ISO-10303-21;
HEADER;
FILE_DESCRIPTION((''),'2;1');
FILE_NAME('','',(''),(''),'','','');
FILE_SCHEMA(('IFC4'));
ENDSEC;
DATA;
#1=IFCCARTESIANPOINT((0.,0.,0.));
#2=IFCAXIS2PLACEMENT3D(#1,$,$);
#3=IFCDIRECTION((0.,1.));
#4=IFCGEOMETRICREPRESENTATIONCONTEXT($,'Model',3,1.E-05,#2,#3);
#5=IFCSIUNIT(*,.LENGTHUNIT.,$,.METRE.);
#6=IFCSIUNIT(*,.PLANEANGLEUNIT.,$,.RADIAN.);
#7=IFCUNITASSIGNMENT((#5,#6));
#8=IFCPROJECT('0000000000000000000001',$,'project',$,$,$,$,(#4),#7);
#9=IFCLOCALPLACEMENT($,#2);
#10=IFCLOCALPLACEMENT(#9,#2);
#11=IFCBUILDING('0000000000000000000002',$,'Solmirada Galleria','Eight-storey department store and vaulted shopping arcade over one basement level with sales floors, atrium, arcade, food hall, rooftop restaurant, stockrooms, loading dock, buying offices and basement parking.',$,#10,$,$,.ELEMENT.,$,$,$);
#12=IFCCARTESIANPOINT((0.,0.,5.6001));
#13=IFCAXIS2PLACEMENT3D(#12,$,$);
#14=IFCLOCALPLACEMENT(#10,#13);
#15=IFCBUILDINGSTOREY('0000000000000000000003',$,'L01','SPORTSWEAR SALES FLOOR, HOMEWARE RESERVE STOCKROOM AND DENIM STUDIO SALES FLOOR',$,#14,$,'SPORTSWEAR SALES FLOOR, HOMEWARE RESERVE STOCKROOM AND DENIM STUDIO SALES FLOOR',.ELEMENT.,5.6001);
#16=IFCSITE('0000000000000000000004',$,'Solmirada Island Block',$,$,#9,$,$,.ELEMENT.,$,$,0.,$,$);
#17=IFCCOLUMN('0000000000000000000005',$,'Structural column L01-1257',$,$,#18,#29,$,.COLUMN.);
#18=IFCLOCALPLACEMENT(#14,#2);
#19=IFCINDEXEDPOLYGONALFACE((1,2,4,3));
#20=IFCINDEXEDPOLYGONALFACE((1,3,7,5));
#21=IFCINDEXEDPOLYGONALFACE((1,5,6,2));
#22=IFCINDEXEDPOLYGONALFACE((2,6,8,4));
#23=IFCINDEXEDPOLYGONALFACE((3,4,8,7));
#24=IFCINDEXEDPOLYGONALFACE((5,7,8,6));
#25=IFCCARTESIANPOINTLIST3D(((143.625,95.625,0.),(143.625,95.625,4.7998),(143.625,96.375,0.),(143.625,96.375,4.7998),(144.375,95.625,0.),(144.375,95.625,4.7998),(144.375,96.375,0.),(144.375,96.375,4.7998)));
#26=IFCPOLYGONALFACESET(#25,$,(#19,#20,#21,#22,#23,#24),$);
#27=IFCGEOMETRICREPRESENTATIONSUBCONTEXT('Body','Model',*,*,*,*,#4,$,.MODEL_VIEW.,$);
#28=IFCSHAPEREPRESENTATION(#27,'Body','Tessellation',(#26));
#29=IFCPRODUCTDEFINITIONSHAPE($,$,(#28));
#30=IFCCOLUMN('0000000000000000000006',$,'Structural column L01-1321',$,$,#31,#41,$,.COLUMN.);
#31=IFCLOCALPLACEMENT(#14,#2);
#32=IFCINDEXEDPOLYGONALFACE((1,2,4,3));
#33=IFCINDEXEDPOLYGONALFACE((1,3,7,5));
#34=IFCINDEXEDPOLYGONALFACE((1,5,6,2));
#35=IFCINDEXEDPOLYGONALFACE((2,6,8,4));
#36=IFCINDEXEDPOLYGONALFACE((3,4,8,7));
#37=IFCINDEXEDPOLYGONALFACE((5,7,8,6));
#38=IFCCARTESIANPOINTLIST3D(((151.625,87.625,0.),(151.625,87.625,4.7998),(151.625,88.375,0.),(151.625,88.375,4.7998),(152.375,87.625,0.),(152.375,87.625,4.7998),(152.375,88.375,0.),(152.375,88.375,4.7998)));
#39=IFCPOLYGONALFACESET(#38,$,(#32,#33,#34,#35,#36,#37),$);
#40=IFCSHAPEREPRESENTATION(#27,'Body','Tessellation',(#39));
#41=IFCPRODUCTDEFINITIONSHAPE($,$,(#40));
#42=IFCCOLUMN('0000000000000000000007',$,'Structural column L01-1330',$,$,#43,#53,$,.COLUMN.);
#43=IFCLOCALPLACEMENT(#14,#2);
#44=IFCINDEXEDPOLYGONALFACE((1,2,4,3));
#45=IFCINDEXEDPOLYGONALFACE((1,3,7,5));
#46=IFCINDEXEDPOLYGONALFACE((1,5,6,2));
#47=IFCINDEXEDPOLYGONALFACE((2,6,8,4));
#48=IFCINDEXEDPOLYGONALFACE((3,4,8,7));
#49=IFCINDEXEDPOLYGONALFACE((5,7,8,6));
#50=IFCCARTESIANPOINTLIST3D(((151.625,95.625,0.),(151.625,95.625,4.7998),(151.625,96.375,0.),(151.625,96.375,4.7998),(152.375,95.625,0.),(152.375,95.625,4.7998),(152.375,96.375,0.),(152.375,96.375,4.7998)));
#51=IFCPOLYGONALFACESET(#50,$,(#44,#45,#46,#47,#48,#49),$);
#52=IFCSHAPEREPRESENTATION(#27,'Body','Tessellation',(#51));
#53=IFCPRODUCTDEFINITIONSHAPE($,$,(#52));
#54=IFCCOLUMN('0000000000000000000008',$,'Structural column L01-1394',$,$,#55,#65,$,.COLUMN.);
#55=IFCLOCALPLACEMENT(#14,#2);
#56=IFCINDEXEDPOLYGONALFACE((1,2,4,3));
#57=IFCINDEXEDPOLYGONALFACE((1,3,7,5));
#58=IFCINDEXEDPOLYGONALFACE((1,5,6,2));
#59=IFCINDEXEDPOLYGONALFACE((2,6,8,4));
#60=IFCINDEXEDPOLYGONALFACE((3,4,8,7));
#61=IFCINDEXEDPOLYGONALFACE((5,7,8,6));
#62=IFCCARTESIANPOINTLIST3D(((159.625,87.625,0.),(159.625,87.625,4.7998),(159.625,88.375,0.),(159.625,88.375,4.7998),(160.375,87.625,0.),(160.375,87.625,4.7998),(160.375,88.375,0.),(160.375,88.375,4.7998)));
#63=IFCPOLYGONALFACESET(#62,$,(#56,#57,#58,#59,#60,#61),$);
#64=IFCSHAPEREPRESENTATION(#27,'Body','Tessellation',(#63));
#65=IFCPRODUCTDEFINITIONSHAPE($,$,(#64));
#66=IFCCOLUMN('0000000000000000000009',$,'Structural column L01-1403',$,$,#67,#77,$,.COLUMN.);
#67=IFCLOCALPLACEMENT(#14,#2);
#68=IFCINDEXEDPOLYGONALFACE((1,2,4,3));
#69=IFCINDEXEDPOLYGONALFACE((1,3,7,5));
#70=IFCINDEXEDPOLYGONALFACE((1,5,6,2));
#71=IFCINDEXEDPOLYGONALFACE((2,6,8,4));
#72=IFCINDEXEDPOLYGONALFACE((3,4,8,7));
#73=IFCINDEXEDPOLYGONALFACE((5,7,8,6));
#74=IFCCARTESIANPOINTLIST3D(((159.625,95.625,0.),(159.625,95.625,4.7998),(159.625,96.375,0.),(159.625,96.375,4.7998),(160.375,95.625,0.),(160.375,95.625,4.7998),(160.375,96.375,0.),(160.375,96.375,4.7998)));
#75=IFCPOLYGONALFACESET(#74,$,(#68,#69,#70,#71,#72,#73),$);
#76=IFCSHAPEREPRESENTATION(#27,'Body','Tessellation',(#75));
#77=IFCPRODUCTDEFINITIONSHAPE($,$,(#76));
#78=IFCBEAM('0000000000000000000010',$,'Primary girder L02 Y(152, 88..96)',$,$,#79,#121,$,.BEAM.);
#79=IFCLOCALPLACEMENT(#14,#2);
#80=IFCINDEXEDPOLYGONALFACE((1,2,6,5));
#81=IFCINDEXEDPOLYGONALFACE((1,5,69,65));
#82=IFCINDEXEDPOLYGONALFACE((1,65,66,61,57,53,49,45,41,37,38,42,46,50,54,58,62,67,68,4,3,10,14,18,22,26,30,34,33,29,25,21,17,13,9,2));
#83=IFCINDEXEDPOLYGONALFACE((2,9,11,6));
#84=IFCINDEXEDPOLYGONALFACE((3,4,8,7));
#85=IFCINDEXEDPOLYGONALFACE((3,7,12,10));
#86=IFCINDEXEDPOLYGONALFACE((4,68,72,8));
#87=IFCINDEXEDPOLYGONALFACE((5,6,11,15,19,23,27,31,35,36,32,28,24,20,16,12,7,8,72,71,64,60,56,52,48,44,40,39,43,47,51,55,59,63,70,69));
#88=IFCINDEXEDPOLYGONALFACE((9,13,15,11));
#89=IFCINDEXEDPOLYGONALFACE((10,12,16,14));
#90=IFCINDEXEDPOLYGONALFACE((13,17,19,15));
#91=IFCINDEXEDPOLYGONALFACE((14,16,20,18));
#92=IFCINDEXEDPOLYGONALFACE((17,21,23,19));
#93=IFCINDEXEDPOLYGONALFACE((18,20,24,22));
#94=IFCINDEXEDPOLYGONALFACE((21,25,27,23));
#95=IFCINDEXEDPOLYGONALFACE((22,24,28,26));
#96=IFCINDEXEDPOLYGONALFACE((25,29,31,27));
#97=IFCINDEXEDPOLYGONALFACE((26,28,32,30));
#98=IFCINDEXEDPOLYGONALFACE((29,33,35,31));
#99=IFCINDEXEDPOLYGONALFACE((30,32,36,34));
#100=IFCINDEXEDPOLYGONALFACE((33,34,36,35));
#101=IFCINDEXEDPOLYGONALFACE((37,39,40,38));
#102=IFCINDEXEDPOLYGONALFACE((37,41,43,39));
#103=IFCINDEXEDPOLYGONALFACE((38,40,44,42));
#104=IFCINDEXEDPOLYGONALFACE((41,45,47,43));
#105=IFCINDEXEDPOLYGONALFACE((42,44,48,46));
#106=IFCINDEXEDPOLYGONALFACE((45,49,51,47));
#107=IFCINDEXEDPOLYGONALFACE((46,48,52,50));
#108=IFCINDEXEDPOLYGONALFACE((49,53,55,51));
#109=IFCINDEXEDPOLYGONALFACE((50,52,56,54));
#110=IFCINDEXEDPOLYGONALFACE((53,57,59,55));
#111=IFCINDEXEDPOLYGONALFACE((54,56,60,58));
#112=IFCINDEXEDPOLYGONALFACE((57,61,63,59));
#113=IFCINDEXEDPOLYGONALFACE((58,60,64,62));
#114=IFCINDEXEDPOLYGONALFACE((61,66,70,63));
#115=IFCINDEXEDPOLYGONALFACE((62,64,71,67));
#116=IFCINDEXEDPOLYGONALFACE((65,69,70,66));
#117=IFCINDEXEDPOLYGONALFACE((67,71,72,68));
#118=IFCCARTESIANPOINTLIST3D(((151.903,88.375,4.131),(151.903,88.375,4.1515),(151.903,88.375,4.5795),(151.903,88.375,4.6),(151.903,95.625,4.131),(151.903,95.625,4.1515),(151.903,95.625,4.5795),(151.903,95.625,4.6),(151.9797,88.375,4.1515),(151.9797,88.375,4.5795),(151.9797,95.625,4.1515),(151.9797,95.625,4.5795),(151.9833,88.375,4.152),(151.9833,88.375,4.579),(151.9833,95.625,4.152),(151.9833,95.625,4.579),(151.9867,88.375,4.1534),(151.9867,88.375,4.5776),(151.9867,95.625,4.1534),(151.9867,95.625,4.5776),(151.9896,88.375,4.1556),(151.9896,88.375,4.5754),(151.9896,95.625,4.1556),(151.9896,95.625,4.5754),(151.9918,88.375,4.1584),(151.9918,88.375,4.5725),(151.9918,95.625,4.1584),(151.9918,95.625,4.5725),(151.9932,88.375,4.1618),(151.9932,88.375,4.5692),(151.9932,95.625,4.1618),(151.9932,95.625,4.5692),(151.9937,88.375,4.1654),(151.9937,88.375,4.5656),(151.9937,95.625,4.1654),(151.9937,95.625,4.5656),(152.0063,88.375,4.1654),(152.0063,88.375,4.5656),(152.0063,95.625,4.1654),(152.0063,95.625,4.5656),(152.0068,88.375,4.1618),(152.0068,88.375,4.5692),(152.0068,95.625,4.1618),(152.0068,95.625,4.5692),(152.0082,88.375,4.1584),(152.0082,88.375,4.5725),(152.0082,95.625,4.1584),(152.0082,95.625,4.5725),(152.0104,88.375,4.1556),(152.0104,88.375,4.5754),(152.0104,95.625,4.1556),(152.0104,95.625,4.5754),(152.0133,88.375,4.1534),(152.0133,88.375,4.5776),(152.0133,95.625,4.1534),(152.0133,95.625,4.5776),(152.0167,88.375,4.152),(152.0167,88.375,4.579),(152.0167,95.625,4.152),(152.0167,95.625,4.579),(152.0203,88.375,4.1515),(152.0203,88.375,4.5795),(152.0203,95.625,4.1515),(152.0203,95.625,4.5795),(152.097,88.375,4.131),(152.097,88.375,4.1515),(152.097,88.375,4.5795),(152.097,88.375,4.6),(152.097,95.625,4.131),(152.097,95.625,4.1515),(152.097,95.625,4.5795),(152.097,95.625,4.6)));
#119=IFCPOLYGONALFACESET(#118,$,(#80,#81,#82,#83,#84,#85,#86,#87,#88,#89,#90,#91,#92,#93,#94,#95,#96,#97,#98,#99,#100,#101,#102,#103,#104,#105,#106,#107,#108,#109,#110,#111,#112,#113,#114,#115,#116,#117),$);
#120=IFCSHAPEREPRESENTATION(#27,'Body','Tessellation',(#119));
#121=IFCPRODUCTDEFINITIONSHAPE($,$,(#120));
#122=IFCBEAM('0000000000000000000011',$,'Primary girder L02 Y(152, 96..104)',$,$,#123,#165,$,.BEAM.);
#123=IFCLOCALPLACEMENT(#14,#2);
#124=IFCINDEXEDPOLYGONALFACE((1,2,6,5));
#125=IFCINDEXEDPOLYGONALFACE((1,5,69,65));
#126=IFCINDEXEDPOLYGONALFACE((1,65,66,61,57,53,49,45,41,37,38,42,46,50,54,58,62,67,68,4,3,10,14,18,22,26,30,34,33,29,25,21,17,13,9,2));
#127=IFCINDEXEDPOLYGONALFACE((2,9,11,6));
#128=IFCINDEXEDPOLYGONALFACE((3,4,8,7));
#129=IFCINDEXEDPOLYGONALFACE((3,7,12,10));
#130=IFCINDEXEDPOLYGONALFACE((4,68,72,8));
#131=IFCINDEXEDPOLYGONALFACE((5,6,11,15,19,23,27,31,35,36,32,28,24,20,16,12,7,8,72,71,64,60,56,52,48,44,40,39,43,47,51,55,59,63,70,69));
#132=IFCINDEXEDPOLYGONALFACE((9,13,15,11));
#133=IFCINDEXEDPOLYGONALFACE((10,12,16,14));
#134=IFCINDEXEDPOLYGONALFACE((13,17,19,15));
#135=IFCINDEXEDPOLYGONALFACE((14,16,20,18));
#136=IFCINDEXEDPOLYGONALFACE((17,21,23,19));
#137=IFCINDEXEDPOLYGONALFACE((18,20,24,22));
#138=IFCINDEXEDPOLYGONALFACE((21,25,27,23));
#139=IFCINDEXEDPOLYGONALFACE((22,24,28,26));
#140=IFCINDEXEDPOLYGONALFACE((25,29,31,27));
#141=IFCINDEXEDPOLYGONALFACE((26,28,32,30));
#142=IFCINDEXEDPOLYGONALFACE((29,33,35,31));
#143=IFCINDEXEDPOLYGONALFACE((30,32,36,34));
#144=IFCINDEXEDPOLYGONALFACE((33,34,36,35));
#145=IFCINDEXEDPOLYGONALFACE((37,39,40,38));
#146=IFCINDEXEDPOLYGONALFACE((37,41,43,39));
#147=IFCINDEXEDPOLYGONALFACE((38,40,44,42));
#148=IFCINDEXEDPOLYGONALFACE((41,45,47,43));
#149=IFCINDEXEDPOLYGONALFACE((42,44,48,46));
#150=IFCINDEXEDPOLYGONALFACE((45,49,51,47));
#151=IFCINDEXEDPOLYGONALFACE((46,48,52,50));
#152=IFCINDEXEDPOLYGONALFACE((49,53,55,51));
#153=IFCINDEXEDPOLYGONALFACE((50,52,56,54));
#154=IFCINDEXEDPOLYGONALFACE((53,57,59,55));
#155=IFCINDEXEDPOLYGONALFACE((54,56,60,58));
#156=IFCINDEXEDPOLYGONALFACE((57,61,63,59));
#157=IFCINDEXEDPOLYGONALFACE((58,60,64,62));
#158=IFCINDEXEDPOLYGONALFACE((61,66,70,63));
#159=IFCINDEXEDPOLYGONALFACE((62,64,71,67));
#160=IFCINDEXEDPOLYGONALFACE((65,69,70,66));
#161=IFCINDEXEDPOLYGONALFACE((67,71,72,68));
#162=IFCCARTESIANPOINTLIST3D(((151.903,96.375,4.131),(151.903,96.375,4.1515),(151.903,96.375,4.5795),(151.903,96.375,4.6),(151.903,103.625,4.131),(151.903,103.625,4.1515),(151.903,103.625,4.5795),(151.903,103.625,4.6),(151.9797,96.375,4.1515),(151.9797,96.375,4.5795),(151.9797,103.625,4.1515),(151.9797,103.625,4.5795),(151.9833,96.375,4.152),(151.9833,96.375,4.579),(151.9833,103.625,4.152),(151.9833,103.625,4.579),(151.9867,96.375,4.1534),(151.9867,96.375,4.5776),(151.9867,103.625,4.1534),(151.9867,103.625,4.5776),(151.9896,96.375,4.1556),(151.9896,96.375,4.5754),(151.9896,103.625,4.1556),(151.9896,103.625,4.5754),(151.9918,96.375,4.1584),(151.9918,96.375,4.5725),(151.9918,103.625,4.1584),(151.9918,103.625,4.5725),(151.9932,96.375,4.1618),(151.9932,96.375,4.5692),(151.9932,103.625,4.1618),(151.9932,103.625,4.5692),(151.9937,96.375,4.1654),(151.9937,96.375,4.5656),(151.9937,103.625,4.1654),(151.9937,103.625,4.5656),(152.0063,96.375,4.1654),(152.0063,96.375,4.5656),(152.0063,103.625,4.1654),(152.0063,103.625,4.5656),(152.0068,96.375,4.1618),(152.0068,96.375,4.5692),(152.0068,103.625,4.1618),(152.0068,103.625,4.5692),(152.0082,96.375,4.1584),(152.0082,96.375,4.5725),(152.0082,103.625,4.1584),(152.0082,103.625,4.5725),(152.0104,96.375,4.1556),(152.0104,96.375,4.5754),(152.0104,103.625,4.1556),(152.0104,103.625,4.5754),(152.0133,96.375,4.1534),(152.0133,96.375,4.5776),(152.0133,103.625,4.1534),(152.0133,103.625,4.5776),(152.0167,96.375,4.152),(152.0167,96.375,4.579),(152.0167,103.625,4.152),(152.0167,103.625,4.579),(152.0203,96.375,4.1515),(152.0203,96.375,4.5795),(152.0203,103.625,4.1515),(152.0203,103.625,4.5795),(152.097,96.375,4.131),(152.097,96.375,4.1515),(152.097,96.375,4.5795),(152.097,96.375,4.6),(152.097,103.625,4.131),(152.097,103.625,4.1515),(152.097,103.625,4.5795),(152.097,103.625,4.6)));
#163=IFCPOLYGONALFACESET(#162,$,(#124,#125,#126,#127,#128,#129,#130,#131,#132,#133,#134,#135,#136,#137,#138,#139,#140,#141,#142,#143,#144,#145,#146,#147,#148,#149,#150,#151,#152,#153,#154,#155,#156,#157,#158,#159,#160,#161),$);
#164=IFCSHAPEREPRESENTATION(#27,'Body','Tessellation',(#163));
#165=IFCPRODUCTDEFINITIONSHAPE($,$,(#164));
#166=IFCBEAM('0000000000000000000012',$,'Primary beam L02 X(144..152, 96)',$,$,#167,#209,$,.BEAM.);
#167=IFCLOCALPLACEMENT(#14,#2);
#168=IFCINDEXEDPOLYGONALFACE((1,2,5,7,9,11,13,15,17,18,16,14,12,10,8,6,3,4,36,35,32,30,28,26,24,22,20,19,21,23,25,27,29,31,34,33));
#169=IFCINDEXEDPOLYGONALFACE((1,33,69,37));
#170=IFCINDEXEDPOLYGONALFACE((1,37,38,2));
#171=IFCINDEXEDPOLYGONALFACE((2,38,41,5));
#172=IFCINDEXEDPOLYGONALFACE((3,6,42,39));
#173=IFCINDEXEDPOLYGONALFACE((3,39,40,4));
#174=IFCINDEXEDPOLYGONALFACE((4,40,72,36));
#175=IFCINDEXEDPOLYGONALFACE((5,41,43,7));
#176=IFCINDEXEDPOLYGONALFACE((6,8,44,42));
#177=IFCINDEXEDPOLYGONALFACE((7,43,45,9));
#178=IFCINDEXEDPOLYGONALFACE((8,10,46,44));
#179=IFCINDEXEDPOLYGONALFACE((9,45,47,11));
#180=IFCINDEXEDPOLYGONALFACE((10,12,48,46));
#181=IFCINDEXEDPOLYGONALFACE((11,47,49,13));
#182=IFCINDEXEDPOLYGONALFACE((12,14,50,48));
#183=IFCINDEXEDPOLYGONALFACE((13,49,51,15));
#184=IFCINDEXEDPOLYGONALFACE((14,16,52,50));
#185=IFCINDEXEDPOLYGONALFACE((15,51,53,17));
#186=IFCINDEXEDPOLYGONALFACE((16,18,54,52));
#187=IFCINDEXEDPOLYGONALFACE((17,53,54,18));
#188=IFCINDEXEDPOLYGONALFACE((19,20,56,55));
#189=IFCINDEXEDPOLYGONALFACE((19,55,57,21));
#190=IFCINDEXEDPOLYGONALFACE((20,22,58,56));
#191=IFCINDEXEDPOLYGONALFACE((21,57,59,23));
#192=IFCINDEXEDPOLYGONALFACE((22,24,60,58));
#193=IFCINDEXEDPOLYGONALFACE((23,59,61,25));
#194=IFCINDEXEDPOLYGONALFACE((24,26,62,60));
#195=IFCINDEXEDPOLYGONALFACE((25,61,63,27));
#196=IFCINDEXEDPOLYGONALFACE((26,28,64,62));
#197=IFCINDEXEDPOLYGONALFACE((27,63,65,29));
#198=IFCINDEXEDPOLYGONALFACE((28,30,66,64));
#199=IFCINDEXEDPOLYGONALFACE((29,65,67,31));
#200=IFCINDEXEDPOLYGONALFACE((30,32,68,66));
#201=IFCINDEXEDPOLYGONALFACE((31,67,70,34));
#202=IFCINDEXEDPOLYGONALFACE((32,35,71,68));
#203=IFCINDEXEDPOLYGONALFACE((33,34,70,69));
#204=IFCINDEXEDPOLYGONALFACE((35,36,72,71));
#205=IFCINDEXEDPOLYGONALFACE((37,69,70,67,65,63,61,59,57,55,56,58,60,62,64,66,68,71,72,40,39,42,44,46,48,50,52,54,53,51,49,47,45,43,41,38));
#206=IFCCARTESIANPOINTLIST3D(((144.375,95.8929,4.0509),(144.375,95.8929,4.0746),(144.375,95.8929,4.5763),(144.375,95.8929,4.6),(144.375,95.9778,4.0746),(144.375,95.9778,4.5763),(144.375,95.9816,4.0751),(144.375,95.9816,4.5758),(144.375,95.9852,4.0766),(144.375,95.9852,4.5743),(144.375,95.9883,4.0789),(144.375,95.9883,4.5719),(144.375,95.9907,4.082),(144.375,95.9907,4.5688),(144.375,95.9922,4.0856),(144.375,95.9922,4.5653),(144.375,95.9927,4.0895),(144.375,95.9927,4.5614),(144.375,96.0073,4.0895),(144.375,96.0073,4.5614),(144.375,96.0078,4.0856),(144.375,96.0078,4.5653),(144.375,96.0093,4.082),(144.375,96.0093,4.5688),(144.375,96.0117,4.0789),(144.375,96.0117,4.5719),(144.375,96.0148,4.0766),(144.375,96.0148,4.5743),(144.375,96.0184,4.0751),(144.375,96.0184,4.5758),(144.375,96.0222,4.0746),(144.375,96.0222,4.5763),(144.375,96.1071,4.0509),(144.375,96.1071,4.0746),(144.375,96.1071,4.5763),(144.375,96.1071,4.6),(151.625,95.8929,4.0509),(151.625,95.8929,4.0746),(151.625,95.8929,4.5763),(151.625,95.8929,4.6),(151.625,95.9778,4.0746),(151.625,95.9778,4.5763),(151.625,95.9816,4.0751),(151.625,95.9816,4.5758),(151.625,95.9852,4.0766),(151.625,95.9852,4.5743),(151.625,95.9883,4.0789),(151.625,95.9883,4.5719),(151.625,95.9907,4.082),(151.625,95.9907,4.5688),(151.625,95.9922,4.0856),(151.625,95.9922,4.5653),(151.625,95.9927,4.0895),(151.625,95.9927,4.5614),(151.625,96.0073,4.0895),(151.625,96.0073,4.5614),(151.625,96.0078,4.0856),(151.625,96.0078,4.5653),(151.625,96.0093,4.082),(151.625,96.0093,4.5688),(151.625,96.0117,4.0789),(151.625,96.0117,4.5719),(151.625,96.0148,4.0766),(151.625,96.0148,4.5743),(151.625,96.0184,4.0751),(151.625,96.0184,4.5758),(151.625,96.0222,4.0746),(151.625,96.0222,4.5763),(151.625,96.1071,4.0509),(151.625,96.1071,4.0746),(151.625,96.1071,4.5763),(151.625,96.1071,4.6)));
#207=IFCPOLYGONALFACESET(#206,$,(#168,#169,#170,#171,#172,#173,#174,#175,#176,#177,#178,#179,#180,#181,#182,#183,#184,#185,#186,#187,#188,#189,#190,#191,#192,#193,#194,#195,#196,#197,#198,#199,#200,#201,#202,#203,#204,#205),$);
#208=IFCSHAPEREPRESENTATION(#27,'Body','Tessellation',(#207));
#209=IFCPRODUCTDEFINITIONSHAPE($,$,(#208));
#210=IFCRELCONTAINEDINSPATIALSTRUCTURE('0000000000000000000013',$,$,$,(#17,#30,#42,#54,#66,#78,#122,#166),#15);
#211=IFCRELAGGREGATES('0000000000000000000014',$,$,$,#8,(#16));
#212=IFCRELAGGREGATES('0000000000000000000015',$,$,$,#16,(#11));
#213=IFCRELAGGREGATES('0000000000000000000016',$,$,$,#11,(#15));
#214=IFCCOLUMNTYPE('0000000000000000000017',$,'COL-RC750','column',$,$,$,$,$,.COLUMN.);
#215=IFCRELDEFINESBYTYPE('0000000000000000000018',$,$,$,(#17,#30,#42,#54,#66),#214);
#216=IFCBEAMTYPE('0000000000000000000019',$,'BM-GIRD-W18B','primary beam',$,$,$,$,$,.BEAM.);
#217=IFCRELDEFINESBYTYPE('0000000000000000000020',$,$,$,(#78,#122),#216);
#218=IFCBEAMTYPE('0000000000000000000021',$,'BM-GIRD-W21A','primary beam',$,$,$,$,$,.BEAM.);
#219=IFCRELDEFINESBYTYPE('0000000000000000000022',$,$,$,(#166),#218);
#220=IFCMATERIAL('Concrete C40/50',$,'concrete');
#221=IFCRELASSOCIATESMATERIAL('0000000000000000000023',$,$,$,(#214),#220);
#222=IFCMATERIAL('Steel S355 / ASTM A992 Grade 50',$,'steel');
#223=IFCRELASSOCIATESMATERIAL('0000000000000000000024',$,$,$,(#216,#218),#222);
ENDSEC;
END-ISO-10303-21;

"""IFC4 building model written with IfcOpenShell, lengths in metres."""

from ifc_helpers import new_model, si_unit, direction, frame, origin, origin_2d, place, context, subcontext, project, spatial, rectangle, i_section, extrude, material, material_profile, profile_set, type_object, element, save


model = new_model("IFC4")

# Units and contexts
model_context = context("Model", 3, precision=1e-05, world=origin(), true_north=direction((0.0, 1.0)))
body_context = subcontext(model_context, "Body", "Model", "MODEL_VIEW")
ifc_project = project(units=[si_unit("LENGTHUNIT", "METRE"), si_unit("PLANEANGLEUNIT", "RADIAN")], contexts=[model_context])

# Site, building, storey
site_placement = place(None, origin())
site = spatial("IfcSite", under=ifc_project, at=site_placement, Name="Solmirada Island Block", CompositionType="ELEMENT", RefElevation=0.0)
building_placement = place(site_placement, origin())
building = spatial("IfcBuilding", under=site, at=building_placement, Name="Solmirada Galleria", Description="Eight-storey department store and vaulted shopping arcade over one basement level with sales floors, atrium, arcade, food hall, rooftop restaurant, stockrooms, loading dock, buying offices and basement parking.", CompositionType="ELEMENT")
storey_placement = place(building_placement, frame((0.0, 0.0, 5.6001)))
storey = spatial("IfcBuildingStorey", under=building, at=storey_placement, Name="L01", Description="SPORTSWEAR SALES FLOOR, HOMEWARE RESERVE STOCKROOM AND DENIM STUDIO SALES FLOOR", LongName="SPORTSWEAR SALES FLOOR, HOMEWARE RESERVE STOCKROOM AND DENIM STUDIO SALES FLOOR", CompositionType="ELEMENT", Elevation=5.6001)

# Columns
ifc_material_1 = material(Name="Concrete C40/50", Category="concrete")
ifc_material_profile_1 = material_profile(ifc_material_1, rectangle(XDim=0.75, YDim=0.75, at=origin_2d()), Name="RC750X750")
ifc_profile_set_1 = profile_set([ifc_material_profile_1], Name="Concrete C40/50")
column_type = type_object("IfcColumnType", Name="COL-RC750", Description="column", PredefinedType="COLUMN", material=ifc_profile_set_1)
for number, where, z_axis, x_axis, name in (
    (1, (144.0, 96.0, 0.0), (0.0, 0.0, 1.0), (1.0, 0.0, 0.0), "Structural column L01-1257"),
    (2, (152.0, 88.0, 0.0), (0.0, 0.0, 1.0), (1.0, 0.0, 0.0), "Structural column L01-1321"),
    (3, (152.0, 96.0, 0.0), (0.0, 0.0, 1.0), (1.0, 0.0, 0.0), "Structural column L01-1330"),
    (4, (160.0, 88.0, 0.0), (0.0, 0.0, 1.0), (1.0, 0.0, 0.0), "Structural column L01-1394"),
    (5, (160.0, 96.0, 0.0), (0.0, 0.0, 1.0), (1.0, 0.0, 0.0), "Structural column L01-1403"),
):
    element("IfcColumn", number, at=place(storey_placement, frame(where, z_axis=z_axis, x_axis=x_axis)), inside=storey, type_object=column_type, Name=name, PredefinedType="COLUMN", context=body_context, shape_type="SweptSolid", body=[
        extrude(rectangle(XDim=0.75, YDim=0.75, at=origin_2d()), origin(), (0.0, 0.0, 1.0), 4.7998),
    ])

# Beams
ifc_material_2 = material(Name="Steel S355 / ASTM A992 Grade 50", Category="steel")
ifc_material_profile_2 = material_profile(ifc_material_2, i_section(OverallWidth=0.1941, OverallDepth=0.469, WebThickness=0.0127, FlangeThickness=0.0205, FilletRadius=0.0139, at=origin_2d()), Name="W18X71")
ifc_profile_set_2 = profile_set([ifc_material_profile_2], Name="Steel S355 / ASTM A992 Grade 50")
beam_type_1 = type_object("IfcBeamType", Name="BM-GIRD-W18B", Description="primary beam", PredefinedType="BEAM", material=ifc_profile_set_2)
for number, where, z_axis, x_axis, name in (
    (6, (152.0, 88.375, 4.3655), (0.0, 1.0, 0.0), (-1.0, 0.0, 0.0), "Primary girder L02 Y(152, 88..96)"),
    (7, (152.0, 96.375, 4.3655), (0.0, 1.0, 0.0), (-1.0, 0.0, 0.0), "Primary girder L02 Y(152, 96..104)"),
):
    element("IfcBeam", number, at=place(storey_placement, frame(where, z_axis=z_axis, x_axis=x_axis)), inside=storey, type_object=beam_type_1, Name=name, PredefinedType="BEAM", context=body_context, shape_type="SweptSolid", body=[
        extrude(i_section(OverallWidth=0.1941, OverallDepth=0.469, WebThickness=0.0127, FlangeThickness=0.0205, FilletRadius=0.0139, at=origin_2d()), origin(), (0.0, 0.0, 1.0), 7.25),
    ])
ifc_material_profile_3 = material_profile(ifc_material_2, i_section(OverallWidth=0.2141, OverallDepth=0.5491, WebThickness=0.0146, FlangeThickness=0.0237, FilletRadius=0.0149, at=origin_2d()), Name="W21X93")
ifc_profile_set_3 = profile_set([ifc_material_profile_3], Name="Steel S355 / ASTM A992 Grade 50")
beam_type_2 = type_object("IfcBeamType", Name="BM-GIRD-W21A", Description="primary beam", PredefinedType="BEAM", material=ifc_profile_set_3)
for number, where, z_axis, x_axis, name in (
    (8, (144.375, 96.0, 4.3254), (1.0, 0.0, 0.0), (0.0, 1.0, 0.0), "Primary beam L02 X(144..152, 96)"),
):
    element("IfcBeam", number, at=place(storey_placement, frame(where, z_axis=z_axis, x_axis=x_axis)), inside=storey, type_object=beam_type_2, Name=name, PredefinedType="BEAM", context=body_context, shape_type="SweptSolid", body=[
        extrude(i_section(OverallWidth=0.2141, OverallDepth=0.5491, WebThickness=0.0146, FlangeThickness=0.0237, FilletRadius=0.0149, at=origin_2d()), origin(), (0.0, 0.0, 1.0), 7.25),
    ])

save(model, "model.ifc")
